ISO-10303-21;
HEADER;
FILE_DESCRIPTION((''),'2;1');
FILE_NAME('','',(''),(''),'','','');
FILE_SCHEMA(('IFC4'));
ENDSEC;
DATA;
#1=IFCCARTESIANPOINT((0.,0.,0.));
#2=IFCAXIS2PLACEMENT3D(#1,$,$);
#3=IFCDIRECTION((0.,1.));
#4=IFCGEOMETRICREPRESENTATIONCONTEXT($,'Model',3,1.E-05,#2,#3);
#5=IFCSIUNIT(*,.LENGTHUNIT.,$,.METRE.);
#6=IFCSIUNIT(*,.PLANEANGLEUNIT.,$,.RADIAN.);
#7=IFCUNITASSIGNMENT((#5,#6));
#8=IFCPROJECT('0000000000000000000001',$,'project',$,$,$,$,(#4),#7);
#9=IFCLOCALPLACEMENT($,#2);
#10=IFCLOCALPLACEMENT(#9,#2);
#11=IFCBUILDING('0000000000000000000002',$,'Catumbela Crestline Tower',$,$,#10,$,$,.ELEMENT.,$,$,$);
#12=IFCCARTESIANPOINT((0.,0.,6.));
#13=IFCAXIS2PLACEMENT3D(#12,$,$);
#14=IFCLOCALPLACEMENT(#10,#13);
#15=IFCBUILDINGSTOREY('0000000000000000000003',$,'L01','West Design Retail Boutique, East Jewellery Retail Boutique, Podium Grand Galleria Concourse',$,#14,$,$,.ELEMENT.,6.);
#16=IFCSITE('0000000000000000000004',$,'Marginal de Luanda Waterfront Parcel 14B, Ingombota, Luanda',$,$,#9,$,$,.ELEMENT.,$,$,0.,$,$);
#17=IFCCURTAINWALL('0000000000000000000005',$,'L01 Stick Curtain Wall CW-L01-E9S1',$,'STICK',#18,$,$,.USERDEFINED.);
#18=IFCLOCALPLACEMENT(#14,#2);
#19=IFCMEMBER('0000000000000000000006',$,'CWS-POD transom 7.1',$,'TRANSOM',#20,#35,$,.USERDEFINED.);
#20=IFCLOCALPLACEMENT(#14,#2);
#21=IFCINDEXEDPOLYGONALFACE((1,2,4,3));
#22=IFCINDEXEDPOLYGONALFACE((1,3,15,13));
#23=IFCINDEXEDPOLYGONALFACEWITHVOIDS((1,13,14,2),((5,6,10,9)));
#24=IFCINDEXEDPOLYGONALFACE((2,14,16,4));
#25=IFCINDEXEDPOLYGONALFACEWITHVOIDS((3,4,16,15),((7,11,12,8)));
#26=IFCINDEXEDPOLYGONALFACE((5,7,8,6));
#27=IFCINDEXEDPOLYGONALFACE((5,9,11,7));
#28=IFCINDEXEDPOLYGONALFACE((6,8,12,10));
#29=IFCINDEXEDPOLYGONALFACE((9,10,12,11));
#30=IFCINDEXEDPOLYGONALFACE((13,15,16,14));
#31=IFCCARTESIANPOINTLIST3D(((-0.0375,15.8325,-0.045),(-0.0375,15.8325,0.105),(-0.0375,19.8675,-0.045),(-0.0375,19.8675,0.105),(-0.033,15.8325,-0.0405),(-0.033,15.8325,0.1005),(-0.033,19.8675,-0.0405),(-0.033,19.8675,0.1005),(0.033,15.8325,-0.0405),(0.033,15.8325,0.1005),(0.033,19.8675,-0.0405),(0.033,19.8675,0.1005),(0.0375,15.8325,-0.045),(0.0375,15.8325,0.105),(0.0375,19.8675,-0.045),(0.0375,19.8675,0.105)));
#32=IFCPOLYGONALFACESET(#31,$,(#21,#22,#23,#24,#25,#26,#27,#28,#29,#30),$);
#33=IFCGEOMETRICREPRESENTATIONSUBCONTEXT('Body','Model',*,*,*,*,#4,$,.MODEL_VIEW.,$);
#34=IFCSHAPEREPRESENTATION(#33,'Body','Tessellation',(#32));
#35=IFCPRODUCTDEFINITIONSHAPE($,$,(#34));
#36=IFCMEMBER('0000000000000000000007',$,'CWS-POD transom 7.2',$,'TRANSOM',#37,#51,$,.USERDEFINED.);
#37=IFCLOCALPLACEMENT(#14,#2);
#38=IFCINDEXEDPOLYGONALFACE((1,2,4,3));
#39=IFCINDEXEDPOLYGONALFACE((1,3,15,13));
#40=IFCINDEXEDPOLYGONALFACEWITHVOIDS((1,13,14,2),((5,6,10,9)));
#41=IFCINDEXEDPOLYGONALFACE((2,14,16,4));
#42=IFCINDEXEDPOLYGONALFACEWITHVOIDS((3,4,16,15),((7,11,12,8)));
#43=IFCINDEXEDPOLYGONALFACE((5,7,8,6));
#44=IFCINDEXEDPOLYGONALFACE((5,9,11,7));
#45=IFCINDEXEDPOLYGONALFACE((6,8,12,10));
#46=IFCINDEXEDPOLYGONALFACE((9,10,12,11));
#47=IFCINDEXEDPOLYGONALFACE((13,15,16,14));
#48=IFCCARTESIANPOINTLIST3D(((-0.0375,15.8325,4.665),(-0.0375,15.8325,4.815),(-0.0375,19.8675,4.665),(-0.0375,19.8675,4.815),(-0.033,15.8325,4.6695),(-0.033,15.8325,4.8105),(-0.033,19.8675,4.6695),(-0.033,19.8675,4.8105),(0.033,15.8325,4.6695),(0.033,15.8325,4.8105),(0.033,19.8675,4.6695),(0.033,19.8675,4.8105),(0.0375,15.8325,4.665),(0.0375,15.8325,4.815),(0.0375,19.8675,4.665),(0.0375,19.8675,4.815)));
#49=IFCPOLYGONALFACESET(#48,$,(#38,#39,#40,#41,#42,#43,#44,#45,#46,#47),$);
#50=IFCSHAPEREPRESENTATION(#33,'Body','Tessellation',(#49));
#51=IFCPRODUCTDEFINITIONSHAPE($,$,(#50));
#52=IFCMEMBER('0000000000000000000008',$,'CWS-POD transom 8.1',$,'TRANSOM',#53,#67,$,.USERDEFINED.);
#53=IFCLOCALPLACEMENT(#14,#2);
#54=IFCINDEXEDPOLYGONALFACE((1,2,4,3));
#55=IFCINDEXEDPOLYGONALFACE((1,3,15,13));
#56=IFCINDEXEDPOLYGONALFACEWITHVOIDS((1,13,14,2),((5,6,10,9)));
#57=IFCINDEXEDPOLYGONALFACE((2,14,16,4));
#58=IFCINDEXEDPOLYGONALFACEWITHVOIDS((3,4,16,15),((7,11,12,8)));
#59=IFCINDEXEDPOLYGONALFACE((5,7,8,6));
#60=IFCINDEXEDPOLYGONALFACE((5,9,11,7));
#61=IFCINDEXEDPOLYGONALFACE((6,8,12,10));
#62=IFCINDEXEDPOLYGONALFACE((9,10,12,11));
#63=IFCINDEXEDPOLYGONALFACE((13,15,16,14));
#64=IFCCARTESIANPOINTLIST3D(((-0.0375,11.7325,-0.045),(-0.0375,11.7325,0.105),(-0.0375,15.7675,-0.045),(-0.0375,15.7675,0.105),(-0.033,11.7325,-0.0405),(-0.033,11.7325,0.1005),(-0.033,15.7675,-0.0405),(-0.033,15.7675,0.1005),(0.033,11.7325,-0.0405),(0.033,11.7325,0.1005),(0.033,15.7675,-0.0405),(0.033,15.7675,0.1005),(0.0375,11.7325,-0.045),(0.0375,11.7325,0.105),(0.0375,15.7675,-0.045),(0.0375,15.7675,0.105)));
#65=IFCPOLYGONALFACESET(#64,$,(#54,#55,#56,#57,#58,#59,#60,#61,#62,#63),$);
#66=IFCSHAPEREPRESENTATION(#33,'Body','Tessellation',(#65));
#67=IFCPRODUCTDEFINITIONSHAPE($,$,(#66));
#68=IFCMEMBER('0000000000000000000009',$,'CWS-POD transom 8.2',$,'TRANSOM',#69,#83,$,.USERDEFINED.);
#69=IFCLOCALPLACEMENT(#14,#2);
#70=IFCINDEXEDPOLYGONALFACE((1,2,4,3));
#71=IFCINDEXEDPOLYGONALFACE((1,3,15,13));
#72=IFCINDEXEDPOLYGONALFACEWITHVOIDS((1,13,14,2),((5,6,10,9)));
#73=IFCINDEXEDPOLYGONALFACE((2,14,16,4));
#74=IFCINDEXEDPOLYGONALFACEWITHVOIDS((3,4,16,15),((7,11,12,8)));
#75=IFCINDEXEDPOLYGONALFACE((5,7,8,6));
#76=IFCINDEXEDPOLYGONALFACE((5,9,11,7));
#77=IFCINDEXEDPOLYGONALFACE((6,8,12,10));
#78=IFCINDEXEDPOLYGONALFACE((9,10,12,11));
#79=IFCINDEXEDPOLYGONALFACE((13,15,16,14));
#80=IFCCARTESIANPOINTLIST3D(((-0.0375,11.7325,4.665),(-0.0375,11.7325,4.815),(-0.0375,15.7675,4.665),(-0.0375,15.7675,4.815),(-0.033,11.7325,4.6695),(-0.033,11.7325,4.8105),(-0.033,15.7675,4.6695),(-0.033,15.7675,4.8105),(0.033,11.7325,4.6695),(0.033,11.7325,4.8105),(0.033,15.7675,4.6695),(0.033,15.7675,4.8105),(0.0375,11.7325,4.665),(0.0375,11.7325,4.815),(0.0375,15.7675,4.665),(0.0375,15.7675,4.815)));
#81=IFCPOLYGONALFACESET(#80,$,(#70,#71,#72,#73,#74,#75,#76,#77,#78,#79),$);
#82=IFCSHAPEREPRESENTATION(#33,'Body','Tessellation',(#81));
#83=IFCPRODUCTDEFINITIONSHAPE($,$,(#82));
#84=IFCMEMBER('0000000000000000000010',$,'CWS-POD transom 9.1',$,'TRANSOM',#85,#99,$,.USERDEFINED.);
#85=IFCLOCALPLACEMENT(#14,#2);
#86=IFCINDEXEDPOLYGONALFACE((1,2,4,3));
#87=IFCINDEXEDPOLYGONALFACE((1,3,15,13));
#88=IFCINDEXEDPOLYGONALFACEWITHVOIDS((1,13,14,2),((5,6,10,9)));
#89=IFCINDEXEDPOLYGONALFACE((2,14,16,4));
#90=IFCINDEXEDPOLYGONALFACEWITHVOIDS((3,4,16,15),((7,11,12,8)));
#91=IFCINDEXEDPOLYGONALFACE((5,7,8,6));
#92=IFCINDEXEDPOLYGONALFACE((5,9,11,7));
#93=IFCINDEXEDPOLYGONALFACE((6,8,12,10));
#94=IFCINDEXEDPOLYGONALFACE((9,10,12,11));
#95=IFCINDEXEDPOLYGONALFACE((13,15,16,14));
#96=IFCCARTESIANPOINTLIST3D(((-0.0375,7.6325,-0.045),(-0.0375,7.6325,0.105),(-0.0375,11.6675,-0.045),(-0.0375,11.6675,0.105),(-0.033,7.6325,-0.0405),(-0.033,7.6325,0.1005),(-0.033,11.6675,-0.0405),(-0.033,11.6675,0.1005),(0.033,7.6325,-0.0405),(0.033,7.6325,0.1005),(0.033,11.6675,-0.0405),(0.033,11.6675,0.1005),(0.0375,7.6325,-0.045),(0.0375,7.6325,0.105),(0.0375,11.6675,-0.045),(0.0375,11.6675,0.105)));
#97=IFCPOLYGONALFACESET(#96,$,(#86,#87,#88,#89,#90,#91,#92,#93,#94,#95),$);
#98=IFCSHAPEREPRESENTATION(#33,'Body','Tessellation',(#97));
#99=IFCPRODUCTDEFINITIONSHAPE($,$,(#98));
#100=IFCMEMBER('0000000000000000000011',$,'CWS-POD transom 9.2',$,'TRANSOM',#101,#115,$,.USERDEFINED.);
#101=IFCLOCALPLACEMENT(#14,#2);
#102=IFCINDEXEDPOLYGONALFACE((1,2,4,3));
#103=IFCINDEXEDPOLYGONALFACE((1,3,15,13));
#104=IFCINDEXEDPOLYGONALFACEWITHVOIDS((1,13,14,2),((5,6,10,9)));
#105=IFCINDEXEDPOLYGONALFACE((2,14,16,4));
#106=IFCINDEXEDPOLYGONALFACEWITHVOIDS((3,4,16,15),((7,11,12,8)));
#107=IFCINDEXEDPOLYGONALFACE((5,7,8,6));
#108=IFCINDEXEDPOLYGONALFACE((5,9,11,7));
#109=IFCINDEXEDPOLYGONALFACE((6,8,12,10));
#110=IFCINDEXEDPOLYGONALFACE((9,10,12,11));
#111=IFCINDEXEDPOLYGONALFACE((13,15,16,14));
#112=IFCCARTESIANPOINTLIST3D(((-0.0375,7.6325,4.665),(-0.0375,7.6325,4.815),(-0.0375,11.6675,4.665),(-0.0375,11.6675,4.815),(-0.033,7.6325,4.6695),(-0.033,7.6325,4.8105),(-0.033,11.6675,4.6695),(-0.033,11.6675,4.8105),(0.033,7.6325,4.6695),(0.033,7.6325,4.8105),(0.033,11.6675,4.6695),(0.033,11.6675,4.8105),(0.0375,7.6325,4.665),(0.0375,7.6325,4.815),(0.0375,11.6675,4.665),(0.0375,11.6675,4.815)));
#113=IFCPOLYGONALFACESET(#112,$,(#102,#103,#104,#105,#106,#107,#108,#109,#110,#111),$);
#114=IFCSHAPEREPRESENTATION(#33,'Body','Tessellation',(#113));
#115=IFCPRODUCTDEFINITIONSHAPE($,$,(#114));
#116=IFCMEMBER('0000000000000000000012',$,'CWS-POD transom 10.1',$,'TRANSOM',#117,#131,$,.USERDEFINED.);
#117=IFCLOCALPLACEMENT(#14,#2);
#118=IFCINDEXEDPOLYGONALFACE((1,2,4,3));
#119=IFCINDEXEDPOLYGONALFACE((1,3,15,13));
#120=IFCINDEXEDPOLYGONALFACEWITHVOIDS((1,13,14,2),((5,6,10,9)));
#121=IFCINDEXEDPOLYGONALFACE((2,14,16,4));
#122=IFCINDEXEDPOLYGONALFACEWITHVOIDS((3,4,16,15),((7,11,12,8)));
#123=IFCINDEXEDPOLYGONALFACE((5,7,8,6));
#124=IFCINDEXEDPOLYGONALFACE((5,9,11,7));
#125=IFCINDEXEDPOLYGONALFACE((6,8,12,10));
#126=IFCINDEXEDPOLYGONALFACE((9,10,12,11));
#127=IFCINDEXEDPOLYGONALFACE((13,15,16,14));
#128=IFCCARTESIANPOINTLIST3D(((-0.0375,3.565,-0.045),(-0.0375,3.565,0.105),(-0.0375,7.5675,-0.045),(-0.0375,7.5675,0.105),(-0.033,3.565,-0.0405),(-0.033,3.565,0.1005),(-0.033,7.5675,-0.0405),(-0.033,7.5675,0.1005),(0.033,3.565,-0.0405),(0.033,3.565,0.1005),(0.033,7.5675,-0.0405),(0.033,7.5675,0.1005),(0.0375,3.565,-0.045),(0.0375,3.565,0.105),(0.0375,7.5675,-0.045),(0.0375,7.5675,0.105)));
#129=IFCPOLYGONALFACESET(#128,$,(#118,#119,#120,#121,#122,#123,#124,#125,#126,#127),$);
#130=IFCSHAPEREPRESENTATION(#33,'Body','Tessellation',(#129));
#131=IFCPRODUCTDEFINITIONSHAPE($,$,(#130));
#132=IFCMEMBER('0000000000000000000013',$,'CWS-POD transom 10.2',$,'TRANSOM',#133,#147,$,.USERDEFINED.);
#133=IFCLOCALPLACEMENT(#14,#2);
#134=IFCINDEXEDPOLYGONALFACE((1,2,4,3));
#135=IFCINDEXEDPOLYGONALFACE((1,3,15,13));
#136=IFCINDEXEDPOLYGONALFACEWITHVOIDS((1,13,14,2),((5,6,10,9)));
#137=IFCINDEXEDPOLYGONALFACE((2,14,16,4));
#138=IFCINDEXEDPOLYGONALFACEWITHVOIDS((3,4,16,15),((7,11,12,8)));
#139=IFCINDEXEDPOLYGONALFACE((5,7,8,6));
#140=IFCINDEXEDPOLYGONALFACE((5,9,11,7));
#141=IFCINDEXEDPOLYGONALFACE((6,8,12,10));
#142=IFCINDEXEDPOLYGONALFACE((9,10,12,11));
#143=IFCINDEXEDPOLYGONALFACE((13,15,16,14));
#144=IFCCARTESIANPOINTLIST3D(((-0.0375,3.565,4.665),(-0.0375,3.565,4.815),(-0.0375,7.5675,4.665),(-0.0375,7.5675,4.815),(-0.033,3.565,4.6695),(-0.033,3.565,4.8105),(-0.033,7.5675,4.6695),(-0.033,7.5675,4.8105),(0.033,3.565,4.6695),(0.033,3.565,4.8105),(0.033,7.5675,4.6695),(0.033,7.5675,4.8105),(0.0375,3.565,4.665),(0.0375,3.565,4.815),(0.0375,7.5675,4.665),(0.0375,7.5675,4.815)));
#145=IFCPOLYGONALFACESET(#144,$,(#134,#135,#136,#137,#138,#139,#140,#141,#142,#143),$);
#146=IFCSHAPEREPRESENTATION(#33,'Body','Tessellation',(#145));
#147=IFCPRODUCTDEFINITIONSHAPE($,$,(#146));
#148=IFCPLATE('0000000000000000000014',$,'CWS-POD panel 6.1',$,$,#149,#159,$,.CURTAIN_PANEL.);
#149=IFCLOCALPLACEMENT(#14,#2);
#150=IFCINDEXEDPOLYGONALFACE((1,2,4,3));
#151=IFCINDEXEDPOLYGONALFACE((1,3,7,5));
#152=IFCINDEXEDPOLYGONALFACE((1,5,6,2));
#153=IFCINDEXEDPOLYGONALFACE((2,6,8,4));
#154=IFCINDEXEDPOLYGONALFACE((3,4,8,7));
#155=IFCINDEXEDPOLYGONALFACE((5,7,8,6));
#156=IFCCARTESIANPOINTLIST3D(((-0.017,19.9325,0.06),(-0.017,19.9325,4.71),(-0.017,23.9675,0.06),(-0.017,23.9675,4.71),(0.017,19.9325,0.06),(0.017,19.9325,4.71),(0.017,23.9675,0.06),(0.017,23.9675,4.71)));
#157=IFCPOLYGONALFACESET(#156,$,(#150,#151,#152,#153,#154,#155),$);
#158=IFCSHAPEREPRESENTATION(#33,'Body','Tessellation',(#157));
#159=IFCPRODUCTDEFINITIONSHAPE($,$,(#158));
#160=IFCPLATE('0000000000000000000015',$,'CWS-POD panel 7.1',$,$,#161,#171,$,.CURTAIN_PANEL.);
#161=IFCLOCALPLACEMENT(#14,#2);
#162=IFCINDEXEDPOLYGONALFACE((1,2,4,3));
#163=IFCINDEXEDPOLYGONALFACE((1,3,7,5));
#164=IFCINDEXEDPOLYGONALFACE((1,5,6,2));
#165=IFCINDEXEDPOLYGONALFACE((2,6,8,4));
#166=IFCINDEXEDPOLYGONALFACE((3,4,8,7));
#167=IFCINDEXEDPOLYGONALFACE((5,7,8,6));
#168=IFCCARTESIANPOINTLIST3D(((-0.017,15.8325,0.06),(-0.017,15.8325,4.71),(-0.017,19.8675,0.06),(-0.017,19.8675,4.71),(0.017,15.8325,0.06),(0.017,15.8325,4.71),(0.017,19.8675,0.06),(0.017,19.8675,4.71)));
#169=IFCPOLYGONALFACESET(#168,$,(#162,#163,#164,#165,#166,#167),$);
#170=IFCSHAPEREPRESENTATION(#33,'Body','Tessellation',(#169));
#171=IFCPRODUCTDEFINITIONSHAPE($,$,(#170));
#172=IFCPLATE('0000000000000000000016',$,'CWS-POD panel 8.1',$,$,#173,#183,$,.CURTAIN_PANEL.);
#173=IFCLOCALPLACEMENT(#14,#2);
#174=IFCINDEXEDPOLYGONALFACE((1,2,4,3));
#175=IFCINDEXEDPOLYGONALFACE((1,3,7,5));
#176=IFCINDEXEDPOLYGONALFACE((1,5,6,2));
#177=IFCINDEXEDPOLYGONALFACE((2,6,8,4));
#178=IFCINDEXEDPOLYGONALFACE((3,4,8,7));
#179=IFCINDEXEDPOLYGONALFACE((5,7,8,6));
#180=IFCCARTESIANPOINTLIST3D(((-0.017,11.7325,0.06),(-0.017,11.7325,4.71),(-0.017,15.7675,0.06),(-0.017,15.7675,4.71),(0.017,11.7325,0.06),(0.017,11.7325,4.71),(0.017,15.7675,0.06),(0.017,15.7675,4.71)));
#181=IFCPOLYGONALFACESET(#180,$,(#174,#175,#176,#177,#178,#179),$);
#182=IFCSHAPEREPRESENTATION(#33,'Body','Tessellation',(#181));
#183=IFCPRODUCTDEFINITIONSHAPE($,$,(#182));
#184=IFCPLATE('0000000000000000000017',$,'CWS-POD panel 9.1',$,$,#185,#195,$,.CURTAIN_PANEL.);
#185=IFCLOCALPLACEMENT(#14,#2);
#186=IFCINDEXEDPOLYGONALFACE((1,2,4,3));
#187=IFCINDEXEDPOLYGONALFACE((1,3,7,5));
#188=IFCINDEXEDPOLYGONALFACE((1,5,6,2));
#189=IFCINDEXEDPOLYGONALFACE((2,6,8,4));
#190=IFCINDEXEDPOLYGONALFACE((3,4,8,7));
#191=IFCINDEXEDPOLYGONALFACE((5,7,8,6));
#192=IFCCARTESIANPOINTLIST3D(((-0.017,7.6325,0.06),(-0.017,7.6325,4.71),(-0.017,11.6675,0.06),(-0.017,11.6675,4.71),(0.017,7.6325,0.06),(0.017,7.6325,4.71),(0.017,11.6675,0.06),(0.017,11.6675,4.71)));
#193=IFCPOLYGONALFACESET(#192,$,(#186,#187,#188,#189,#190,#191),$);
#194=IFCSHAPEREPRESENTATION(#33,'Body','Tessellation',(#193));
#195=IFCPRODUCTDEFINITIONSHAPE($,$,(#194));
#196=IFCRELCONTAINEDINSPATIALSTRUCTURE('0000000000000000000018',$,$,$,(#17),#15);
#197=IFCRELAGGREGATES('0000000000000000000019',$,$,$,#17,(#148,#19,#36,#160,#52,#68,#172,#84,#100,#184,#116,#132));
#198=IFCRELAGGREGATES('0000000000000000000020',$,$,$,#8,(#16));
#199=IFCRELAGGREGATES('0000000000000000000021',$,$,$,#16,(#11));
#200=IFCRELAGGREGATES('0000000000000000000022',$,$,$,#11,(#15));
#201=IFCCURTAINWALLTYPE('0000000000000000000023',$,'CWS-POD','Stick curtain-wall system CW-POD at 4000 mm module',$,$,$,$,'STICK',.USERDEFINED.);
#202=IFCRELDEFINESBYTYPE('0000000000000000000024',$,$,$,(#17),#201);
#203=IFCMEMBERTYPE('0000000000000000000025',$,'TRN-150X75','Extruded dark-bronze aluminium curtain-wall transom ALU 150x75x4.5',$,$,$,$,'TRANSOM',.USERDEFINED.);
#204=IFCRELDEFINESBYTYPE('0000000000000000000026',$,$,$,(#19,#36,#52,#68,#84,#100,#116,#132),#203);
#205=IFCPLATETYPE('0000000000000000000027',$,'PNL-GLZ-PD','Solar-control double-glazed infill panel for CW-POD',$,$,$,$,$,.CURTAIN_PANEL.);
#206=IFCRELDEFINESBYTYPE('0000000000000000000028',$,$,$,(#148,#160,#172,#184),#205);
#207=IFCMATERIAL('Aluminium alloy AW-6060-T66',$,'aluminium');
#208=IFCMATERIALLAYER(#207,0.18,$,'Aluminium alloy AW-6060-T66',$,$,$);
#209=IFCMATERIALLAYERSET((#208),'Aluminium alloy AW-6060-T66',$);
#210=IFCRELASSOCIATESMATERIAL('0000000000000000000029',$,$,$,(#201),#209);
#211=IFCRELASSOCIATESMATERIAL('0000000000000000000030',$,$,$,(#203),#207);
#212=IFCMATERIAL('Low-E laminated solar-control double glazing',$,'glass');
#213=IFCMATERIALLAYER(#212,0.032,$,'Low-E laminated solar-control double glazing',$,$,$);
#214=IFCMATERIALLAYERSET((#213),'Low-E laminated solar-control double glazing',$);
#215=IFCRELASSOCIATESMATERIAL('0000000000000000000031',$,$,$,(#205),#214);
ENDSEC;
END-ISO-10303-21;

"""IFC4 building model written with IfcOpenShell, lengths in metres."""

from ifc_helpers import new_model, si_unit, direction, frame, origin, origin_2d, place, context, subcontext, project, spatial, rectangle, hollow_rectangle, extrude, material, layer, layer_set, material_profile, profile_set, type_object, element, aggregate, save


model = new_model("IFC4")

# Units and contexts
model_context = context("Model", 3, precision=1e-05, world=origin(), true_north=direction((0.0, 1.0)))
body_context = subcontext(model_context, "Body", "Model", "MODEL_VIEW")
ifc_project = project(units=[si_unit("LENGTHUNIT", "METRE"), si_unit("PLANEANGLEUNIT", "RADIAN")], contexts=[model_context])

# Site, building, storey
site_placement = place(None, origin())
site = spatial("IfcSite", under=ifc_project, at=site_placement, Name="Marginal de Luanda Waterfront Parcel 14B, Ingombota, Luanda", CompositionType="ELEMENT", RefElevation=0.0)
building_placement = place(site_placement, origin())
building = spatial("IfcBuilding", under=site, at=building_placement, Name="Catumbela Crestline Tower", CompositionType="ELEMENT")
storey_placement = place(building_placement, frame((0.0, 0.0, 6.0)))
storey = spatial("IfcBuildingStorey", under=building, at=storey_placement, Name="L01", Description="West Design Retail Boutique, East Jewellery Retail Boutique, Podium Grand Galleria Concourse", CompositionType="ELEMENT", Elevation=6.0)

# Curtain wall, members, plates
ifc_material_1 = material(Name="Aluminium alloy AW-6060-T66", Category="aluminium")
ifc_layer_1 = layer(ifc_material_1, 0.18, Name="Aluminium alloy AW-6060-T66")
ifc_layer_set_1 = layer_set([ifc_layer_1], Name="Aluminium alloy AW-6060-T66")
curtain_wall_type = type_object("IfcCurtainWallType", Name="CWS-POD", Description="Stick curtain-wall system CW-POD at 4000 mm module", ElementType="STICK", PredefinedType="USERDEFINED", material=ifc_layer_set_1)
curtain_wall_placement = place(storey_placement, origin())
curtain_wall = element("IfcCurtainWall", 1, at=curtain_wall_placement, inside=storey, type_object=curtain_wall_type, Name="L01 Stick Curtain Wall CW-L01-E9S1", ObjectType="STICK", PredefinedType="USERDEFINED")
ifc_material_profile_1 = material_profile(ifc_material_1, hollow_rectangle(XDim=0.075, YDim=0.15, WallThickness=0.0045, at=origin_2d()), Name="ALU 150x75x4.5")
ifc_profile_set_1 = profile_set([ifc_material_profile_1], Name="Aluminium alloy AW-6060-T66")
member_type_1 = type_object("IfcMemberType", Name="TRN-150X75", Description="Extruded dark-bronze aluminium curtain-wall transom ALU 150x75x4.5", ElementType="TRANSOM", PredefinedType="USERDEFINED", material=ifc_profile_set_1)
member_1_placement = place(storey_placement, frame((0.0, 19.8675, 0.03), z_axis=(0.0, -1.0, 0.0), x_axis=(1.0, 0.0, 0.0)))
member_1 = element("IfcMember", 2, at=member_1_placement, type_object=member_type_1, Name="CWS-POD transom 7.1", ObjectType="TRANSOM", PredefinedType="USERDEFINED", context=body_context, shape_type="SweptSolid", body=[
    extrude(hollow_rectangle(XDim=0.075, YDim=0.15, WallThickness=0.0045, at=origin_2d()), origin(), (0.0, 0.0, 1.0), 4.035),
])
member_2_placement = place(storey_placement, frame((0.0, 19.8675, 4.74), z_axis=(0.0, -1.0, 0.0), x_axis=(1.0, 0.0, 0.0)))
member_2 = element("IfcMember", 3, at=member_2_placement, type_object=member_type_1, Name="CWS-POD transom 7.2", ObjectType="TRANSOM", PredefinedType="USERDEFINED", context=body_context, shape_type="SweptSolid", body=[
    extrude(hollow_rectangle(XDim=0.075, YDim=0.15, WallThickness=0.0045, at=origin_2d()), origin(), (0.0, 0.0, 1.0), 4.035),
])
member_3_placement = place(storey_placement, frame((0.0, 15.7675, 0.03), z_axis=(0.0, -1.0, 0.0), x_axis=(1.0, 0.0, 0.0)))
member_3 = element("IfcMember", 4, at=member_3_placement, type_object=member_type_1, Name="CWS-POD transom 8.1", ObjectType="TRANSOM", PredefinedType="USERDEFINED", context=body_context, shape_type="SweptSolid", body=[
    extrude(hollow_rectangle(XDim=0.075, YDim=0.15, WallThickness=0.0045, at=origin_2d()), origin(), (0.0, 0.0, 1.0), 4.035),
])
member_4_placement = place(storey_placement, frame((0.0, 15.7675, 4.74), z_axis=(0.0, -1.0, 0.0), x_axis=(1.0, 0.0, 0.0)))
member_4 = element("IfcMember", 5, at=member_4_placement, type_object=member_type_1, Name="CWS-POD transom 8.2", ObjectType="TRANSOM", PredefinedType="USERDEFINED", context=body_context, shape_type="SweptSolid", body=[
    extrude(hollow_rectangle(XDim=0.075, YDim=0.15, WallThickness=0.0045, at=origin_2d()), origin(), (0.0, 0.0, 1.0), 4.035),
])
member_5_placement = place(storey_placement, frame((0.0, 11.6675, 0.03), z_axis=(0.0, -1.0, 0.0), x_axis=(1.0, 0.0, 0.0)))
member_5 = element("IfcMember", 6, at=member_5_placement, type_object=member_type_1, Name="CWS-POD transom 9.1", ObjectType="TRANSOM", PredefinedType="USERDEFINED", context=body_context, shape_type="SweptSolid", body=[
    extrude(hollow_rectangle(XDim=0.075, YDim=0.15, WallThickness=0.0045, at=origin_2d()), origin(), (0.0, 0.0, 1.0), 4.035),
])
member_6_placement = place(storey_placement, frame((0.0, 11.6675, 4.74), z_axis=(0.0, -1.0, 0.0), x_axis=(1.0, 0.0, 0.0)))
member_6 = element("IfcMember", 7, at=member_6_placement, type_object=member_type_1, Name="CWS-POD transom 9.2", ObjectType="TRANSOM", PredefinedType="USERDEFINED", context=body_context, shape_type="SweptSolid", body=[
    extrude(hollow_rectangle(XDim=0.075, YDim=0.15, WallThickness=0.0045, at=origin_2d()), origin(), (0.0, 0.0, 1.0), 4.035),
])
member_7_placement = place(storey_placement, frame((0.0, 7.5675, 0.03), z_axis=(0.0, -1.0, 0.0), x_axis=(1.0, 0.0, 0.0)))
member_7 = element("IfcMember", 8, at=member_7_placement, type_object=member_type_1, Name="CWS-POD transom 10.1", ObjectType="TRANSOM", PredefinedType="USERDEFINED", context=body_context, shape_type="SweptSolid", body=[
    extrude(hollow_rectangle(XDim=0.075, YDim=0.15, WallThickness=0.0045, at=origin_2d()), origin(), (0.0, 0.0, 1.0), 4.0025),
])
member_8_placement = place(storey_placement, frame((0.0, 7.5675, 4.74), z_axis=(0.0, -1.0, 0.0), x_axis=(1.0, 0.0, 0.0)))
member_8 = element("IfcMember", 9, at=member_8_placement, type_object=member_type_1, Name="CWS-POD transom 10.2", ObjectType="TRANSOM", PredefinedType="USERDEFINED", context=body_context, shape_type="SweptSolid", body=[
    extrude(hollow_rectangle(XDim=0.075, YDim=0.15, WallThickness=0.0045, at=origin_2d()), origin(), (0.0, 0.0, 1.0), 4.0025),
])
ifc_material_2 = material(Name="Low-E laminated solar-control double glazing", Category="glass")
ifc_layer_2 = layer(ifc_material_2, 0.032, Name="Low-E laminated solar-control double glazing")
ifc_layer_set_2 = layer_set([ifc_layer_2], Name="Low-E laminated solar-control double glazing")
plate_type = type_object("IfcPlateType", Name="PNL-GLZ-PD", Description="Solar-control double-glazed infill panel for CW-POD", PredefinedType="CURTAIN_PANEL", material=ifc_layer_set_2)
plate_1_placement = place(storey_placement, frame((0.0, 21.95, 0.06), z_axis=(0.0, 0.0, 1.0), x_axis=(0.0, -1.0, 0.0)))
plate_1 = element("IfcPlate", 10, at=plate_1_placement, type_object=plate_type, Name="CWS-POD panel 6.1", PredefinedType="CURTAIN_PANEL", context=body_context, shape_type="SweptSolid", body=[
    extrude(rectangle(XDim=4.035, YDim=0.034, at=origin_2d()), origin(), (0.0, 0.0, 1.0), 4.65),
])
plate_2_placement = place(storey_placement, frame((0.0, 17.85, 0.06), z_axis=(0.0, 0.0, 1.0), x_axis=(0.0, -1.0, 0.0)))
plate_2 = element("IfcPlate", 11, at=plate_2_placement, type_object=plate_type, Name="CWS-POD panel 7.1", PredefinedType="CURTAIN_PANEL", context=body_context, shape_type="SweptSolid", body=[
    extrude(rectangle(XDim=4.035, YDim=0.034, at=origin_2d()), origin(), (0.0, 0.0, 1.0), 4.65),
])
plate_3_placement = place(storey_placement, frame((0.0, 13.75, 0.06), z_axis=(0.0, 0.0, 1.0), x_axis=(0.0, -1.0, 0.0)))
plate_3 = element("IfcPlate", 12, at=plate_3_placement, type_object=plate_type, Name="CWS-POD panel 8.1", PredefinedType="CURTAIN_PANEL", context=body_context, shape_type="SweptSolid", body=[
    extrude(rectangle(XDim=4.035, YDim=0.034, at=origin_2d()), origin(), (0.0, 0.0, 1.0), 4.65),
])
plate_4_placement = place(storey_placement, frame((0.0, 9.65, 0.06), z_axis=(0.0, 0.0, 1.0), x_axis=(0.0, -1.0, 0.0)))
plate_4 = element("IfcPlate", 13, at=plate_4_placement, type_object=plate_type, Name="CWS-POD panel 9.1", PredefinedType="CURTAIN_PANEL", context=body_context, shape_type="SweptSolid", body=[
    extrude(rectangle(XDim=4.035, YDim=0.034, at=origin_2d()), origin(), (0.0, 0.0, 1.0), 4.65),
])
aggregate(curtain_wall, [plate_1, member_1, member_2, plate_2, member_3, member_4, plate_3, member_5, member_6, plate_4, member_7, member_8])

save(model, "model.ifc")
